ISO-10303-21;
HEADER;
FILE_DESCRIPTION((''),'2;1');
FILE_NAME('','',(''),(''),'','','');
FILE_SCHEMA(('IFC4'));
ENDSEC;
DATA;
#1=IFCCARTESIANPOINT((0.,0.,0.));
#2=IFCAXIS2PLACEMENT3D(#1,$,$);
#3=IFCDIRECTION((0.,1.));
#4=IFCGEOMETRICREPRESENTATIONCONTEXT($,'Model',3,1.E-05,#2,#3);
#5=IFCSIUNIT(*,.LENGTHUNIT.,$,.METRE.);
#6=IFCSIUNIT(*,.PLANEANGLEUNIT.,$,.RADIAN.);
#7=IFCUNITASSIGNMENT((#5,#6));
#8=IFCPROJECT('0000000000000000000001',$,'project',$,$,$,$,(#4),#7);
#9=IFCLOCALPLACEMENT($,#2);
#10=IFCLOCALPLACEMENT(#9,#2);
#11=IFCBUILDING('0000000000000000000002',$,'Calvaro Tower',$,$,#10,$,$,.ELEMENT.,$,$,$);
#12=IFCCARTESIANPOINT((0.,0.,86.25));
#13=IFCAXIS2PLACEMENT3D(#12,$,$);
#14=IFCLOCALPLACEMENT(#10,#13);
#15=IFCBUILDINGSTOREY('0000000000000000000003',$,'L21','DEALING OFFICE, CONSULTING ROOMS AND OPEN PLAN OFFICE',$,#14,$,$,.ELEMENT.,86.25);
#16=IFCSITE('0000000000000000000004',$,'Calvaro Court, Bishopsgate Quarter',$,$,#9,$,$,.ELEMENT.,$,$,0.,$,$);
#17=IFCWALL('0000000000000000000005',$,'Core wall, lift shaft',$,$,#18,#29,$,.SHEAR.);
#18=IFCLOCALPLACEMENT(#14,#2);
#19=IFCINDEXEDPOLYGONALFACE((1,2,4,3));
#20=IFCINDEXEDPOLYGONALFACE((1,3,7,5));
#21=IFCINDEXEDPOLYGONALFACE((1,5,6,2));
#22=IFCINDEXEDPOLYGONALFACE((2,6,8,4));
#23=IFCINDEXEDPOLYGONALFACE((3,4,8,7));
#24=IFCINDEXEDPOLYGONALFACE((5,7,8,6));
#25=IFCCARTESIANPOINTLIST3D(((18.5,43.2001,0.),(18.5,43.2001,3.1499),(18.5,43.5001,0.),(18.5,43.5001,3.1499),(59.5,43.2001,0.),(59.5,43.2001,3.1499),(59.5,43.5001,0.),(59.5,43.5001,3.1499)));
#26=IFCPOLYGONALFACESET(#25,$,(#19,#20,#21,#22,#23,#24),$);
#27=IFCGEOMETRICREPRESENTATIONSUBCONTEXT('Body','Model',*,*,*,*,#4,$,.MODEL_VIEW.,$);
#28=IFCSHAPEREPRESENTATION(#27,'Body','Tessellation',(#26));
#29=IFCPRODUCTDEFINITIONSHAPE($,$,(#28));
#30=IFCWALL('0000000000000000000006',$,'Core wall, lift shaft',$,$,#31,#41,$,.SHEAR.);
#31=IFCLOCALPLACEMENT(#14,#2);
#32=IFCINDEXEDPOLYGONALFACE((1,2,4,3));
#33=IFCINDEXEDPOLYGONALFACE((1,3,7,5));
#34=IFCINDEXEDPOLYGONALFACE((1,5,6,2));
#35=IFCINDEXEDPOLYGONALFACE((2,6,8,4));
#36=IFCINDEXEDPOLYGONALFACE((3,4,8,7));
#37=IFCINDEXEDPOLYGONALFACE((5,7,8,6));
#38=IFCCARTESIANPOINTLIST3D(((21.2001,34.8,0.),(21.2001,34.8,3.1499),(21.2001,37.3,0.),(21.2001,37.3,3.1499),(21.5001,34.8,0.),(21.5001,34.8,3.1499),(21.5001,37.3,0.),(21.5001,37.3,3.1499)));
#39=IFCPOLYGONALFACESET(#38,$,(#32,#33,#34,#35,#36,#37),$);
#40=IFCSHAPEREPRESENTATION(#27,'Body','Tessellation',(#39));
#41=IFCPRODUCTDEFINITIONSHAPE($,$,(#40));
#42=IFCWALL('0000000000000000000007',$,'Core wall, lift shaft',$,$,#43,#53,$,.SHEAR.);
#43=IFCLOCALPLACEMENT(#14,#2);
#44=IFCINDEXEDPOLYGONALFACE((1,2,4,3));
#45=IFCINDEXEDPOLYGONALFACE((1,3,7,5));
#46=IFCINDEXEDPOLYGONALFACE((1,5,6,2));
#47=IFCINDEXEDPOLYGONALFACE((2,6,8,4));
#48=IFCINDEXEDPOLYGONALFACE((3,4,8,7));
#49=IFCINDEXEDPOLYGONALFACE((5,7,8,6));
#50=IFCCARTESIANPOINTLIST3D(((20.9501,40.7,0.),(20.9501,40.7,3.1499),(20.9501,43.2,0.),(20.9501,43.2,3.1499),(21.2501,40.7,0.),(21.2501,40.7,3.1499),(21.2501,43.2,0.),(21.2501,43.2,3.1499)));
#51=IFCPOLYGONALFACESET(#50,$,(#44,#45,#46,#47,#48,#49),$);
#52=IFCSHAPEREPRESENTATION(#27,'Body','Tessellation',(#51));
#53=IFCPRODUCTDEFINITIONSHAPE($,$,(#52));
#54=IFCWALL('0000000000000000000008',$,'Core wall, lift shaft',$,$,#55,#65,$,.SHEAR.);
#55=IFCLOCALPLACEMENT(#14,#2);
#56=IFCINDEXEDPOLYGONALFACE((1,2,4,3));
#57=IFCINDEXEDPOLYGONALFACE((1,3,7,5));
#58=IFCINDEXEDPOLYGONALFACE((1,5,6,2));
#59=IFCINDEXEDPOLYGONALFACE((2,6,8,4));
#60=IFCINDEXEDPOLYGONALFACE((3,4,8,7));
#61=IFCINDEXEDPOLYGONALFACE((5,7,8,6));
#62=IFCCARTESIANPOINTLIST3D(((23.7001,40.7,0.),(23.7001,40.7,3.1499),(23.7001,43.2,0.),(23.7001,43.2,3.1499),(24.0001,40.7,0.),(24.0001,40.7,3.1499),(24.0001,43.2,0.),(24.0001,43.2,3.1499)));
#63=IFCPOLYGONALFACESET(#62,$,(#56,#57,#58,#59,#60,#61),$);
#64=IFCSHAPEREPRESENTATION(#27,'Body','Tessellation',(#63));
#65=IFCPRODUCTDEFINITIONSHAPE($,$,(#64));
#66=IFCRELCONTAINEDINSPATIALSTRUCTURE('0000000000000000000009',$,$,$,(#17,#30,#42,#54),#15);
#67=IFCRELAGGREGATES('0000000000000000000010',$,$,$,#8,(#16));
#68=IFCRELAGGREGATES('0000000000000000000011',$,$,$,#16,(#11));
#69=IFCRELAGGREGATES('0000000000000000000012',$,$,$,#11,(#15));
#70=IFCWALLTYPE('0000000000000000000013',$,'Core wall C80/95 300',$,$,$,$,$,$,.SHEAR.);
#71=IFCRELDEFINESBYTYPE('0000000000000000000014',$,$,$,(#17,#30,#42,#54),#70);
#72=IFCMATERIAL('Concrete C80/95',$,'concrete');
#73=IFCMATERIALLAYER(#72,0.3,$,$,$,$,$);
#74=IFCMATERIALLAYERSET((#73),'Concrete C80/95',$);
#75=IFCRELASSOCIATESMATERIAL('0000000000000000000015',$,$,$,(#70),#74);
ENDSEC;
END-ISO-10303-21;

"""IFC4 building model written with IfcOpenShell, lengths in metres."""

from ifc_helpers import new_model, si_unit, direction, frame, frame_2d, origin, place, context, subcontext, project, spatial, rectangle, extrude, material, layer, layer_set, type_object, element, save


model = new_model("IFC4")

# Units and contexts
model_context = context("Model", 3, precision=1e-05, world=origin(), true_north=direction((0.0, 1.0)))
body_context = subcontext(model_context, "Body", "Model", "MODEL_VIEW")
ifc_project = project(units=[si_unit("LENGTHUNIT", "METRE"), si_unit("PLANEANGLEUNIT", "RADIAN")], contexts=[model_context])

# Site, building, storey
site_placement = place(None, origin())
site = spatial("IfcSite", under=ifc_project, at=site_placement, Name="Calvaro Court, Bishopsgate Quarter", CompositionType="ELEMENT", RefElevation=0.0)
building_placement = place(site_placement, origin())
building = spatial("IfcBuilding", under=site, at=building_placement, Name="Calvaro Tower", CompositionType="ELEMENT")
storey_placement = place(building_placement, frame((0.0, 0.0, 86.25)))
storey = spatial("IfcBuildingStorey", under=building, at=storey_placement, Name="L21", Description="DEALING OFFICE, CONSULTING ROOMS AND OPEN PLAN OFFICE", CompositionType="ELEMENT", Elevation=86.25)

# Shared definitions
ifc_material_1 = material(Name="Concrete C80/95", Category="concrete")
ifc_layer_1 = layer(ifc_material_1, 0.3)
ifc_layer_set_1 = layer_set([ifc_layer_1], Name="Concrete C80/95")
wall_type_1 = type_object("IfcWallType", Name="Core wall C80/95 300", PredefinedType="SHEAR", material=ifc_layer_set_1)

# Walls
wall_1_placement = place(storey_placement, frame((18.5, 43.3501, 0.0), z_axis=(0.0, 0.0, 1.0), x_axis=(1.0, 0.0, 0.0)))
element("IfcWall", 1, at=wall_1_placement, inside=storey, type_object=wall_type_1, Name="Core wall, lift shaft", PredefinedType="SHEAR", context=body_context, shape_type="SweptSolid", body=[
    extrude(rectangle(XDim=41.0, YDim=0.3, at=frame_2d((20.5, 0.0))), origin(), (0.0, 0.0, 1.0), 3.1499),
])
for number, where, z_axis, x_axis, name in (
    (2, (21.3501, 34.8, 0.0), (0.0, 0.0, 1.0), (0.0, 1.0, 0.0), "Core wall, lift shaft"),
    (3, (21.1001, 40.7, 0.0), (0.0, 0.0, 1.0), (0.0, 1.0, 0.0), "Core wall, lift shaft"),
    (4, (23.8501, 40.7, 0.0), (0.0, 0.0, 1.0), (0.0, 1.0, 0.0), "Core wall, lift shaft"),
):
    element("IfcWall", number, at=place(storey_placement, frame(where, z_axis=z_axis, x_axis=x_axis)), inside=storey, type_object=wall_type_1, Name=name, PredefinedType="SHEAR", context=body_context, shape_type="SweptSolid", body=[
        extrude(rectangle(XDim=2.5, YDim=0.3, at=frame_2d((1.25, 0.0))), origin(), (0.0, 0.0, 1.0), 3.1499),
    ])

save(model, "model.ifc")
